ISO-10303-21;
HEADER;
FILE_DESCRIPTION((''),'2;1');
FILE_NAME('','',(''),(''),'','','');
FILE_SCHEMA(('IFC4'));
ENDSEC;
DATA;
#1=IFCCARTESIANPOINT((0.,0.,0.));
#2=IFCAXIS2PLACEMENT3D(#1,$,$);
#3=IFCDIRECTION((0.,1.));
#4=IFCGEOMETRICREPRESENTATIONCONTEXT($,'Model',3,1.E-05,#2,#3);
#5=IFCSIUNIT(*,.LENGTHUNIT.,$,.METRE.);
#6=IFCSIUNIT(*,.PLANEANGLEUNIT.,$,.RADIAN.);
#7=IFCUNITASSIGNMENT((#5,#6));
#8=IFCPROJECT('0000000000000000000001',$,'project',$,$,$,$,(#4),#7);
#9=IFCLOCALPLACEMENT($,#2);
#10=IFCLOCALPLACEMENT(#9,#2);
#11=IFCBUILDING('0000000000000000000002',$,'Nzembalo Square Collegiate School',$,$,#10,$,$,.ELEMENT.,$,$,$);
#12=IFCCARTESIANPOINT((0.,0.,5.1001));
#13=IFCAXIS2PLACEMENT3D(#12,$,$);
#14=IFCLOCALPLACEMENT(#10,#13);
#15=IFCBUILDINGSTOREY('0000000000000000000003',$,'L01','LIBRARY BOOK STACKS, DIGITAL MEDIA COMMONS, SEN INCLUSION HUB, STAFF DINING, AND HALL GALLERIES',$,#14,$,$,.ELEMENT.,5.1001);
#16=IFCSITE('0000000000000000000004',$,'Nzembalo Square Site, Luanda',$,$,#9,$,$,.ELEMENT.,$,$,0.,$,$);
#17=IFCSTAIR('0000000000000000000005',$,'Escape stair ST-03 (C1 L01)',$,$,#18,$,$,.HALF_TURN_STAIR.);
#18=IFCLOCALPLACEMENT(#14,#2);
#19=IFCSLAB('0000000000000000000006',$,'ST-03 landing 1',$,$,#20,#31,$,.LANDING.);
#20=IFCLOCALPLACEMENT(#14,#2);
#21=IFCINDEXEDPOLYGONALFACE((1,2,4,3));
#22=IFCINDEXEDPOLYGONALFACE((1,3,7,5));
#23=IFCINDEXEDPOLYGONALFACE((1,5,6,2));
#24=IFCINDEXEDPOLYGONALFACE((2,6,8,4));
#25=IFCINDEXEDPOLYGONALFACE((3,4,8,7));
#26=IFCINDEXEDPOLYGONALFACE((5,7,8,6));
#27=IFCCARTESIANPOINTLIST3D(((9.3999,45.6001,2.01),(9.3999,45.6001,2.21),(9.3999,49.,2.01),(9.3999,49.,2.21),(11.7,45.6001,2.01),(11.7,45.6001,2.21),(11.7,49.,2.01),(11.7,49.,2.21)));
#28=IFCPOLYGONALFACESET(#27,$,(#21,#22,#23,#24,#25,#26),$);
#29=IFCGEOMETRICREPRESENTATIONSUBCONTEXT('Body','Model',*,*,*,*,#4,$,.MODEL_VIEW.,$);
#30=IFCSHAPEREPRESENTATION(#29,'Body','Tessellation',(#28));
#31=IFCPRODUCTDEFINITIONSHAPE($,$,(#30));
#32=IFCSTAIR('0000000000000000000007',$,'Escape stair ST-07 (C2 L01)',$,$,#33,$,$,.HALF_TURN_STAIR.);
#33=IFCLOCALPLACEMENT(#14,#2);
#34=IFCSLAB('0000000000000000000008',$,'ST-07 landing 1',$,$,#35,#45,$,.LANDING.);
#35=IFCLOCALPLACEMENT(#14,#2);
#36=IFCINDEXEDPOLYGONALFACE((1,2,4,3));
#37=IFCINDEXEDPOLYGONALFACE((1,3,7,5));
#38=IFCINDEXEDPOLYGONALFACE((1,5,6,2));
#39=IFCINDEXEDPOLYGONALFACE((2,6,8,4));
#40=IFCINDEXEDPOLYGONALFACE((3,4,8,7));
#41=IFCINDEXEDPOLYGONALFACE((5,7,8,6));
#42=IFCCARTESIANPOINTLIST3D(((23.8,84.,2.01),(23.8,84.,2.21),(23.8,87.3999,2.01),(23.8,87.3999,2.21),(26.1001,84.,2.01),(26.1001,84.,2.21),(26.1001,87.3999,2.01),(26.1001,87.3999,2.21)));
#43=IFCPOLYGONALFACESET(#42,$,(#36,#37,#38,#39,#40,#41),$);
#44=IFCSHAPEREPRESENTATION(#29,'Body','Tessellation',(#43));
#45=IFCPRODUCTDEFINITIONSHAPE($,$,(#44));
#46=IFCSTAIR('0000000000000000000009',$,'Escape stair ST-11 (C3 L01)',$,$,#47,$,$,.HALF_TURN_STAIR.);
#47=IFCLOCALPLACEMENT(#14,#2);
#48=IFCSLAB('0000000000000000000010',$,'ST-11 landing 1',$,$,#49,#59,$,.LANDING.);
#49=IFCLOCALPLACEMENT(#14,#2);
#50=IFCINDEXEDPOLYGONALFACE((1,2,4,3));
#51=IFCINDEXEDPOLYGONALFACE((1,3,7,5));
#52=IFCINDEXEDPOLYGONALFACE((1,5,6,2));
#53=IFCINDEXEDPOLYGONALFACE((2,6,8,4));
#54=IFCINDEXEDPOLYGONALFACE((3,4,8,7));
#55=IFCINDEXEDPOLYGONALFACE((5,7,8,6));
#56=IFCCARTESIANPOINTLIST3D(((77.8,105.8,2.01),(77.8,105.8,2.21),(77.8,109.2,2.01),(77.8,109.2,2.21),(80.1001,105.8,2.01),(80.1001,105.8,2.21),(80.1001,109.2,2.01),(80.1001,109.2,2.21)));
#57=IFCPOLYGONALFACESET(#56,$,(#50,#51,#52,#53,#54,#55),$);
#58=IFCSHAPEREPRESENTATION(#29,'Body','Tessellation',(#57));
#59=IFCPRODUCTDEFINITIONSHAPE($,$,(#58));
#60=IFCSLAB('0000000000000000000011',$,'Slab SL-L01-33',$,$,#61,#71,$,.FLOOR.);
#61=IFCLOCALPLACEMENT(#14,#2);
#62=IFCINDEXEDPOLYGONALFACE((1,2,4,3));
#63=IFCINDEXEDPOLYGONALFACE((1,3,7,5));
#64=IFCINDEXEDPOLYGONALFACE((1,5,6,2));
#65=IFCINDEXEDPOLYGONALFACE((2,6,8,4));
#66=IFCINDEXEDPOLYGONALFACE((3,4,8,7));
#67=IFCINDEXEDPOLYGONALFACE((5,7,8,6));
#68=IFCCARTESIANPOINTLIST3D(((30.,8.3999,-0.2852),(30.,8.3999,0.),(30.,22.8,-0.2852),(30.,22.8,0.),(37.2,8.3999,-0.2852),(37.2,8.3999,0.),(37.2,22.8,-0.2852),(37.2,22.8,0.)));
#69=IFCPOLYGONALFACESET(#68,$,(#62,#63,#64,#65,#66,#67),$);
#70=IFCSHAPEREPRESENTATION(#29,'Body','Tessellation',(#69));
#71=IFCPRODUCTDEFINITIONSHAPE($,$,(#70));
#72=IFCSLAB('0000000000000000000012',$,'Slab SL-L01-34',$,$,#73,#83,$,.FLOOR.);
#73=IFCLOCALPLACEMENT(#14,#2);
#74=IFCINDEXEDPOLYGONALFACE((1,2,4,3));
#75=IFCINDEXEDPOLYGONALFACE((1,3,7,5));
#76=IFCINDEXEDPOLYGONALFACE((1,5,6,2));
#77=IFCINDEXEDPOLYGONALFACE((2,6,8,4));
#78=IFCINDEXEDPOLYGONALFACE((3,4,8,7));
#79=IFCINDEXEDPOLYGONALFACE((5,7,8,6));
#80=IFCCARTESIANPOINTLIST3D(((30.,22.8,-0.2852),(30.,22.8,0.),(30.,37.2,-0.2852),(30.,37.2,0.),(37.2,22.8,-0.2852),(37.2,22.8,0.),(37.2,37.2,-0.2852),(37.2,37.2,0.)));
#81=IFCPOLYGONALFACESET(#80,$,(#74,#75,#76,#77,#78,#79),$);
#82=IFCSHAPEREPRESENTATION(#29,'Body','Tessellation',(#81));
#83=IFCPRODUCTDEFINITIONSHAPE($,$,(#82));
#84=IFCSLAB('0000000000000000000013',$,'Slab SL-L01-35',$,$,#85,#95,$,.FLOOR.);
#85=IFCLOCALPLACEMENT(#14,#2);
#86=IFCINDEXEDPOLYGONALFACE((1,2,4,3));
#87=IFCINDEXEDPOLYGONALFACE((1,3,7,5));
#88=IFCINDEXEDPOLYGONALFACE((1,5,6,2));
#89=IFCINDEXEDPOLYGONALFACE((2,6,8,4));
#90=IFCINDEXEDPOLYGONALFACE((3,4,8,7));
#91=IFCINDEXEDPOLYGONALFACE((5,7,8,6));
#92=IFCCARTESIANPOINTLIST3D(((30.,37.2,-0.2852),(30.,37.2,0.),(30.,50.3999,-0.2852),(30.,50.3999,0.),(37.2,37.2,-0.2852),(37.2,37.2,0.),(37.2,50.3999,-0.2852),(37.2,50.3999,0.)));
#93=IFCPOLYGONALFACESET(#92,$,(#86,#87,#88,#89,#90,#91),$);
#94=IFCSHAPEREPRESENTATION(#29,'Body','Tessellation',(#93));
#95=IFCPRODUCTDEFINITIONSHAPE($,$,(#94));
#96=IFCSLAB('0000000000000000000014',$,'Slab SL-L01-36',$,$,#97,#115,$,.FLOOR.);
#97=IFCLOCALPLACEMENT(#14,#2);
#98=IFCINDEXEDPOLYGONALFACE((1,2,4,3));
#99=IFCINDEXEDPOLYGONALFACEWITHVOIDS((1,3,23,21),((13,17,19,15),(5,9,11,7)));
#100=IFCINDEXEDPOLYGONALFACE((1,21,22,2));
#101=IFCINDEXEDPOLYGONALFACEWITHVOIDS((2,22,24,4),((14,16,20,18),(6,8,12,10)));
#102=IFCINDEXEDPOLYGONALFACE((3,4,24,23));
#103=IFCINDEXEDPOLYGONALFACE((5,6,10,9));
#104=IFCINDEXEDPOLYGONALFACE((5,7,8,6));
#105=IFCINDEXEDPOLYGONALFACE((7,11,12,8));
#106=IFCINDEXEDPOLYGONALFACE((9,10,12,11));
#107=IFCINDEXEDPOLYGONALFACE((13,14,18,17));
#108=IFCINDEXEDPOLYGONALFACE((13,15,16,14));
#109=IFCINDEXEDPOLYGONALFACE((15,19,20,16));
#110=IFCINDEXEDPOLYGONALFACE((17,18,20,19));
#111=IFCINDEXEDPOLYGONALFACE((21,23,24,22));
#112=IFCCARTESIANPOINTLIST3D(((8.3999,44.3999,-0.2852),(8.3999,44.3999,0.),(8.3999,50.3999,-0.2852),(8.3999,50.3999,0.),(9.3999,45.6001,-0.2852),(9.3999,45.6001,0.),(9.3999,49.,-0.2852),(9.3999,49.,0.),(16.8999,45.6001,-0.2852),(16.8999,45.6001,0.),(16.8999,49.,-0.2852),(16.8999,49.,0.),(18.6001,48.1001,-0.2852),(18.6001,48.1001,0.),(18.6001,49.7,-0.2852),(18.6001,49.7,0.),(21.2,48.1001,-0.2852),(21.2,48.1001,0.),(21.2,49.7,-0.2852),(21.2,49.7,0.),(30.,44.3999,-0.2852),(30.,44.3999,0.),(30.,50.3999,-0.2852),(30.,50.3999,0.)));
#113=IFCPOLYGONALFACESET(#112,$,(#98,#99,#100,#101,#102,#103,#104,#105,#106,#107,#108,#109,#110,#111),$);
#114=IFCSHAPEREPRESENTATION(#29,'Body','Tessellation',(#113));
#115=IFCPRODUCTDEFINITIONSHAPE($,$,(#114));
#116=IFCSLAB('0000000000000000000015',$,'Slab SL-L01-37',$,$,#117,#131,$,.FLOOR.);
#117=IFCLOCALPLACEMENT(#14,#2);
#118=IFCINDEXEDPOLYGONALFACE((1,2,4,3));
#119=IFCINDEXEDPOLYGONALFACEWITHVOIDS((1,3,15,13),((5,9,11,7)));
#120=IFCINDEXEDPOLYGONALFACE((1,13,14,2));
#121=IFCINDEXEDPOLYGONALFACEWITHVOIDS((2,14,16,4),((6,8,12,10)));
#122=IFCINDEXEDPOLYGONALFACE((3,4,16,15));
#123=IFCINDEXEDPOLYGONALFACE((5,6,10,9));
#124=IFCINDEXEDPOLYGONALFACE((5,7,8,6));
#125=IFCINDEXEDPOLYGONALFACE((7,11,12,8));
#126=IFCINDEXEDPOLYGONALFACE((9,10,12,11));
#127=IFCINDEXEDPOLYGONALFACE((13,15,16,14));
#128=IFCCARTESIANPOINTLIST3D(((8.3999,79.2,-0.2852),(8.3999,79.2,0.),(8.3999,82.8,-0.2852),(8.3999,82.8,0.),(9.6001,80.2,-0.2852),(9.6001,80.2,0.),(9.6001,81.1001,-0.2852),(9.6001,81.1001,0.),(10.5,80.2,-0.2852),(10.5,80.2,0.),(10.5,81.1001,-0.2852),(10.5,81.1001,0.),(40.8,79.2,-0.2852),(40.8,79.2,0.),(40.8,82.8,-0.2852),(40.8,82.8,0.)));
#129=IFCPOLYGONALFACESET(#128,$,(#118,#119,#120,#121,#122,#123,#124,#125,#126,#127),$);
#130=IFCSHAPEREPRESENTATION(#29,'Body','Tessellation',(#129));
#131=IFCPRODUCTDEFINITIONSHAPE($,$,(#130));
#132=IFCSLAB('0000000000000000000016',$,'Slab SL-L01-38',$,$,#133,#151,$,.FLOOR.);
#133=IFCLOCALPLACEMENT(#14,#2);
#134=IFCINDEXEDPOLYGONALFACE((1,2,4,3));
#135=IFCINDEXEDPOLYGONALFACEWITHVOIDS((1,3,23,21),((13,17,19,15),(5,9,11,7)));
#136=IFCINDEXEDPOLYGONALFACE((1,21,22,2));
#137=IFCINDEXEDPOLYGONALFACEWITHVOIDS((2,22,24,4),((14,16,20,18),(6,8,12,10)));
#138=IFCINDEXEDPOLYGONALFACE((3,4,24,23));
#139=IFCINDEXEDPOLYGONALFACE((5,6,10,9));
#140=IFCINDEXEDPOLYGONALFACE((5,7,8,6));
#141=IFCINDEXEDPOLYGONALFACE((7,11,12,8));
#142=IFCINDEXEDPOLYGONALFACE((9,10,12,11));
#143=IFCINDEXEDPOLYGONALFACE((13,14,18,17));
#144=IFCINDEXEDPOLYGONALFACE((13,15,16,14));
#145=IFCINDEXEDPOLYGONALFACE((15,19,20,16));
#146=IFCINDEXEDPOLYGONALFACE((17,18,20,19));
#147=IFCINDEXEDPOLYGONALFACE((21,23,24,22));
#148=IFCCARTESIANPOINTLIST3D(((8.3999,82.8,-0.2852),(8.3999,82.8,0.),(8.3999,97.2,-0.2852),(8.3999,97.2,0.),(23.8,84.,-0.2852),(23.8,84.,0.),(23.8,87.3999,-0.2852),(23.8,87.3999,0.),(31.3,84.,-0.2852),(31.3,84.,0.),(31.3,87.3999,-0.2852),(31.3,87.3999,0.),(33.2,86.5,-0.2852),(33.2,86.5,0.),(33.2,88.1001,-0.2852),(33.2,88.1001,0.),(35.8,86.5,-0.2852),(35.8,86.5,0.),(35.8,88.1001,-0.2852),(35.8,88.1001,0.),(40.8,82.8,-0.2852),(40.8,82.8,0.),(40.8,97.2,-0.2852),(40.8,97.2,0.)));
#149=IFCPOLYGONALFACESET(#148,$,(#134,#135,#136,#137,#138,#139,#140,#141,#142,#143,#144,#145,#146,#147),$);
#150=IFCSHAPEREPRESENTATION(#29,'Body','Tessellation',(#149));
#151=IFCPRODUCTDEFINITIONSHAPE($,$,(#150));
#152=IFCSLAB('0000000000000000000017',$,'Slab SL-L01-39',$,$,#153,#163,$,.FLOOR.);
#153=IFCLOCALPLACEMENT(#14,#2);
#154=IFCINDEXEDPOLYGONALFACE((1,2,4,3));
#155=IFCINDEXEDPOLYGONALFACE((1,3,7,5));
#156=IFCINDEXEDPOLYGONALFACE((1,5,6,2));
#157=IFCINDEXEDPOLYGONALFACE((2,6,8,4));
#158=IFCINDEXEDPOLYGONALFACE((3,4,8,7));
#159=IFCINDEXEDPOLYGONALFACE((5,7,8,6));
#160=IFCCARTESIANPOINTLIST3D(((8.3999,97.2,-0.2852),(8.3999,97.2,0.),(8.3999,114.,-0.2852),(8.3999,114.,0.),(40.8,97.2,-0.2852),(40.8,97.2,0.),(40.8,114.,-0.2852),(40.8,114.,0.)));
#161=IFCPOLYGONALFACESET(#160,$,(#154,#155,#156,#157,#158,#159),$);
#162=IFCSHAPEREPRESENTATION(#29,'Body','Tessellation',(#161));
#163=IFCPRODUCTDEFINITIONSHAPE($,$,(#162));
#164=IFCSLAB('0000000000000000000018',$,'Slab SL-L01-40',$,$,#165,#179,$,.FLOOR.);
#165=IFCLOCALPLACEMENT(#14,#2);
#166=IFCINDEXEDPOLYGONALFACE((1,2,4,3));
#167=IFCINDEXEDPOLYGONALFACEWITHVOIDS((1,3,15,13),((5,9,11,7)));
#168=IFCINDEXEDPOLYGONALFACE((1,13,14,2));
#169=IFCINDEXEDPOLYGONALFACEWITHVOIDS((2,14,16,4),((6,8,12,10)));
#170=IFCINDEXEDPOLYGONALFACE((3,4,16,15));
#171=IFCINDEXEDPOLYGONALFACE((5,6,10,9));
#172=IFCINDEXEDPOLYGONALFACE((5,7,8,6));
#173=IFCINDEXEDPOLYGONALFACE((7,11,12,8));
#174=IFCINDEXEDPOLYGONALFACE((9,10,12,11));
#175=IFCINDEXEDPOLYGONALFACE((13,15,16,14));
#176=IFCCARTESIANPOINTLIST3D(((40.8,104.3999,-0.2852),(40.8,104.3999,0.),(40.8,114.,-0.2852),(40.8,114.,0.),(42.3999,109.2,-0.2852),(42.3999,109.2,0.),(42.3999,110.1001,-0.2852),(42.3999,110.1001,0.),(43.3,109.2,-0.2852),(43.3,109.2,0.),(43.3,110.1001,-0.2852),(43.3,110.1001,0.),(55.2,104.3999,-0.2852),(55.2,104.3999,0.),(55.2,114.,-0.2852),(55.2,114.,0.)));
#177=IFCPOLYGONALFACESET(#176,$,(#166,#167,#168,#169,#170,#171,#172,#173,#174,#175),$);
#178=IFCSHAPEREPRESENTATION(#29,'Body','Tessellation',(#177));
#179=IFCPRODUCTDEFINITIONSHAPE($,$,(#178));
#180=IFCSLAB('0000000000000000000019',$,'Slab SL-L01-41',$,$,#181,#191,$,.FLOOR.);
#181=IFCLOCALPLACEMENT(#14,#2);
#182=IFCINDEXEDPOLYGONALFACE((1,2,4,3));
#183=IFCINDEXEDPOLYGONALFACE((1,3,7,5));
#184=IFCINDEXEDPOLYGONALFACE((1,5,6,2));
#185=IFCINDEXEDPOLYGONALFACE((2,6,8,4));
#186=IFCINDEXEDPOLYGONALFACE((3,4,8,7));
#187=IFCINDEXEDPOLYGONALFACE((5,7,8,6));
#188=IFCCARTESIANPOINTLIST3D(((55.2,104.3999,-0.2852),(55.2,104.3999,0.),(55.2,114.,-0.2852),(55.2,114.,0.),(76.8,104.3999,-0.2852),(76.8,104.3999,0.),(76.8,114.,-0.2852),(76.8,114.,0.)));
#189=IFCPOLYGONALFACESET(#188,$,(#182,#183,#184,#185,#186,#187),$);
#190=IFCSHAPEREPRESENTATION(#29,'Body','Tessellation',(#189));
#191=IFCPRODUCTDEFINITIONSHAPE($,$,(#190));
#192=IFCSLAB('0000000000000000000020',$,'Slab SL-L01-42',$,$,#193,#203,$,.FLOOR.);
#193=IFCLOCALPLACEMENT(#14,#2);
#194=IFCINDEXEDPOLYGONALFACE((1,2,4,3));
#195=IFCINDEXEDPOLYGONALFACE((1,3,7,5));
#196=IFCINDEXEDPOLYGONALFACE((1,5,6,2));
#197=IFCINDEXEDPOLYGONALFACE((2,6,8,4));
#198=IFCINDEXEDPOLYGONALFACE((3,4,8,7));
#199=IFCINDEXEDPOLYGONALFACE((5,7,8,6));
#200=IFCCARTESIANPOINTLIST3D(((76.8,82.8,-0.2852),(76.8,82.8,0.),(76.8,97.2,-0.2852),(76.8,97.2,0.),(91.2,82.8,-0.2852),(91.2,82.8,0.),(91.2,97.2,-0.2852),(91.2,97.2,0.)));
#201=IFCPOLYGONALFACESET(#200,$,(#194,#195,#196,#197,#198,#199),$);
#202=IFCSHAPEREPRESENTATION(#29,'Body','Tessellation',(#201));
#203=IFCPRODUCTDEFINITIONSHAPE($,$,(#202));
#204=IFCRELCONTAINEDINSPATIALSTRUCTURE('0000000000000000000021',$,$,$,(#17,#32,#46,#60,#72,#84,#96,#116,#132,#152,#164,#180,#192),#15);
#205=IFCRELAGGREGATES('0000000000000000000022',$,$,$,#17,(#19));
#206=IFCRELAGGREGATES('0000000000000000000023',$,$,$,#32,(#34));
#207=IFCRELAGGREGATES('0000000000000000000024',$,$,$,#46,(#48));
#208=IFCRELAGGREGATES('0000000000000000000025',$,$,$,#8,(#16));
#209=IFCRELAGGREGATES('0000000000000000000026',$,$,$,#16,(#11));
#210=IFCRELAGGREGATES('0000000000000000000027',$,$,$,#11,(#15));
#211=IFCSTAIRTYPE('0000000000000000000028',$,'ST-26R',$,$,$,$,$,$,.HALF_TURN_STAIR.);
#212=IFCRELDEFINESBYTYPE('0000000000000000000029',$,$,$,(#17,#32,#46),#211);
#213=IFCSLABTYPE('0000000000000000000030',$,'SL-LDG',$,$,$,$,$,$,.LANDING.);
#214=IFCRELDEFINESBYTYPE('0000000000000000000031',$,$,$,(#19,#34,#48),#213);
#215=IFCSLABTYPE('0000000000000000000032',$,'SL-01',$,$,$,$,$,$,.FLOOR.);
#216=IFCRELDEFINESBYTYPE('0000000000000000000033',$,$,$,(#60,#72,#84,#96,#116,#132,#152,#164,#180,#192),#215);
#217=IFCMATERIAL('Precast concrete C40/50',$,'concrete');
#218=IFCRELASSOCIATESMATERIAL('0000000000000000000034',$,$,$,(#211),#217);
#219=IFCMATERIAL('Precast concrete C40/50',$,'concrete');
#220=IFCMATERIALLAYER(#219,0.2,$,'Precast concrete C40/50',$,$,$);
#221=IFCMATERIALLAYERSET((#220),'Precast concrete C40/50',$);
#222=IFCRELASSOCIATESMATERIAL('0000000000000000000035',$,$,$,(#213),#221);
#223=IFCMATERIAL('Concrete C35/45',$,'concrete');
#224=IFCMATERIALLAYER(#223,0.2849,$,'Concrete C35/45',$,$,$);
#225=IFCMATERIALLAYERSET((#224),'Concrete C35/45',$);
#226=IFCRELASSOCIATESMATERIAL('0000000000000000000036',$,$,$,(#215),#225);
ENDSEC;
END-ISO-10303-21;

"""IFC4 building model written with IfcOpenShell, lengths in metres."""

from ifc_helpers import new_model, si_unit, direction, frame, origin, place, context, subcontext, project, spatial, polyline, outline, extrude, material, layer, layer_set, type_object, element, aggregate, save


model = new_model("IFC4")

# Units and contexts
model_context = context("Model", 3, precision=1e-05, world=origin(), true_north=direction((0.0, 1.0)))
body_context = subcontext(model_context, "Body", "Model", "MODEL_VIEW")
ifc_project = project(units=[si_unit("LENGTHUNIT", "METRE"), si_unit("PLANEANGLEUNIT", "RADIAN")], contexts=[model_context])

# Site, building, storey
site_placement = place(None, origin())
site = spatial("IfcSite", under=ifc_project, at=site_placement, Name="Nzembalo Square Site, Luanda", CompositionType="ELEMENT", RefElevation=0.0)
building_placement = place(site_placement, origin())
building = spatial("IfcBuilding", under=site, at=building_placement, Name="Nzembalo Square Collegiate School", CompositionType="ELEMENT")
storey_placement = place(building_placement, frame((0.0, 0.0, 5.1001)))
storey = spatial("IfcBuildingStorey", under=building, at=storey_placement, Name="L01", Description="LIBRARY BOOK STACKS, DIGITAL MEDIA COMMONS, SEN INCLUSION HUB, STAFF DINING, AND HALL GALLERIES", CompositionType="ELEMENT", Elevation=5.1001)

# Stairs, slabs
ifc_material_1 = material(Name="Precast concrete C40/50", Category="concrete")
stair_type = type_object("IfcStairType", Name="ST-26R", PredefinedType="HALF_TURN_STAIR", material=ifc_material_1)
stair_1_placement = place(storey_placement, origin())
stair_1 = element("IfcStair", 1, at=stair_1_placement, inside=storey, type_object=stair_type, Name="Escape stair ST-03 (C1 L01)", PredefinedType="HALF_TURN_STAIR")
ifc_material_2 = material(Name="Precast concrete C40/50", Category="concrete")
ifc_layer_1 = layer(ifc_material_2, 0.2, Name="Precast concrete C40/50")
ifc_layer_set_1 = layer_set([ifc_layer_1], Name="Precast concrete C40/50")
slab_type_1 = type_object("IfcSlabType", Name="SL-LDG", PredefinedType="LANDING", material=ifc_layer_set_1)
slab_1_placement = place(storey_placement, frame((0.0, 0.0, 2.01)))
slab_1 = element("IfcSlab", 2, at=slab_1_placement, type_object=slab_type_1, Name="ST-03 landing 1", PredefinedType="LANDING", context=body_context, shape_type="SweptSolid", body=[
    extrude(outline(polyline([(11.7, 49.0), (9.3999, 49.0), (9.3999, 45.6001), (11.7, 45.6001), (11.7, 49.0)])), origin(), (0.0, 0.0, 1.0), 0.2),
])
aggregate(stair_1, [slab_1])
stair_2_placement = place(storey_placement, origin())
stair_2 = element("IfcStair", 3, at=stair_2_placement, inside=storey, type_object=stair_type, Name="Escape stair ST-07 (C2 L01)", PredefinedType="HALF_TURN_STAIR")
slab_2_placement = place(storey_placement, frame((0.0, 0.0, 2.01)))
slab_2 = element("IfcSlab", 4, at=slab_2_placement, type_object=slab_type_1, Name="ST-07 landing 1", PredefinedType="LANDING", context=body_context, shape_type="SweptSolid", body=[
    extrude(outline(polyline([(26.1001, 87.3999), (23.8, 87.3999), (23.8, 84.0), (26.1001, 84.0), (26.1001, 87.3999)])), origin(), (0.0, 0.0, 1.0), 0.2),
])
aggregate(stair_2, [slab_2])
stair_3_placement = place(storey_placement, origin())
stair_3 = element("IfcStair", 5, at=stair_3_placement, inside=storey, type_object=stair_type, Name="Escape stair ST-11 (C3 L01)", PredefinedType="HALF_TURN_STAIR")
slab_3_placement = place(storey_placement, frame((0.0, 0.0, 2.01)))
slab_3 = element("IfcSlab", 6, at=slab_3_placement, type_object=slab_type_1, Name="ST-11 landing 1", PredefinedType="LANDING", context=body_context, shape_type="SweptSolid", body=[
    extrude(outline(polyline([(80.1001, 109.2), (77.8, 109.2), (77.8, 105.8), (80.1001, 105.8), (80.1001, 109.2)])), origin(), (0.0, 0.0, 1.0), 0.2),
])
aggregate(stair_3, [slab_3])

# Slabs
ifc_material_3 = material(Name="Concrete C35/45", Category="concrete")
ifc_layer_2 = layer(ifc_material_3, 0.2849, Name="Concrete C35/45")
ifc_layer_set_2 = layer_set([ifc_layer_2], Name="Concrete C35/45")
slab_type_2 = type_object("IfcSlabType", Name="SL-01", PredefinedType="FLOOR", material=ifc_layer_set_2)
slab_4_placement = place(storey_placement, frame((0.0, 0.0, -0.2852)))
element("IfcSlab", 7, at=slab_4_placement, inside=storey, type_object=slab_type_2, Name="Slab SL-L01-33", PredefinedType="FLOOR", context=body_context, shape_type="SweptSolid", body=[
    extrude(outline(polyline([(30.0, 8.3999), (37.2, 8.3999), (37.2, 22.8), (30.0, 22.8), (30.0, 8.3999)])), origin(), (0.0, 0.0, 1.0), 0.2852),
])
slab_5_placement = place(storey_placement, frame((0.0, 0.0, -0.2852)))
element("IfcSlab", 8, at=slab_5_placement, inside=storey, type_object=slab_type_2, Name="Slab SL-L01-34", PredefinedType="FLOOR", context=body_context, shape_type="SweptSolid", body=[
    extrude(outline(polyline([(30.0, 22.8), (37.2, 22.8), (37.2, 37.2), (30.0, 37.2), (30.0, 22.8)])), origin(), (0.0, 0.0, 1.0), 0.2852),
])
slab_6_placement = place(storey_placement, frame((0.0, 0.0, -0.2852)))
element("IfcSlab", 9, at=slab_6_placement, inside=storey, type_object=slab_type_2, Name="Slab SL-L01-35", PredefinedType="FLOOR", context=body_context, shape_type="SweptSolid", body=[
    extrude(outline(polyline([(30.0, 37.2), (37.2, 37.2), (37.2, 50.3999), (30.0, 50.3999), (30.0, 37.2)])), origin(), (0.0, 0.0, 1.0), 0.2852),
])
slab_7_placement = place(storey_placement, frame((0.0, 0.0, -0.2852)))
element("IfcSlab", 10, at=slab_7_placement, inside=storey, type_object=slab_type_2, Name="Slab SL-L01-36", PredefinedType="FLOOR", context=body_context, shape_type="SweptSolid", body=[
    extrude(outline(polyline([(8.3999, 44.3999), (30.0, 44.3999), (30.0, 50.3999), (8.3999, 50.3999), (8.3999, 44.3999)]), holes=[polyline([(18.6001, 48.1001), (21.2, 48.1001), (21.2, 49.7), (18.6001, 49.7), (18.6001, 48.1001)]), polyline([(16.8999, 49.0), (9.3999, 49.0), (9.3999, 45.6001), (16.8999, 45.6001), (16.8999, 49.0)])]), origin(), (0.0, 0.0, 1.0), 0.2852),
])
slab_8_placement = place(storey_placement, frame((0.0, 0.0, -0.2852)))
element("IfcSlab", 11, at=slab_8_placement, inside=storey, type_object=slab_type_2, Name="Slab SL-L01-37", PredefinedType="FLOOR", context=body_context, shape_type="SweptSolid", body=[
    extrude(outline(polyline([(8.3999, 79.2), (40.8, 79.2), (40.8, 82.8), (8.3999, 82.8), (8.3999, 79.2)]), holes=[polyline([(9.6001, 80.2), (10.5, 80.2), (10.5, 81.1001), (9.6001, 81.1001), (9.6001, 80.2)])]), origin(), (0.0, 0.0, 1.0), 0.2852),
])
slab_9_placement = place(storey_placement, frame((0.0, 0.0, -0.2852)))
element("IfcSlab", 12, at=slab_9_placement, inside=storey, type_object=slab_type_2, Name="Slab SL-L01-38", PredefinedType="FLOOR", context=body_context, shape_type="SweptSolid", body=[
    extrude(outline(polyline([(8.3999, 82.8), (40.8, 82.8), (40.8, 97.2), (8.3999, 97.2), (8.3999, 82.8)]), holes=[polyline([(33.2, 86.5), (35.8, 86.5), (35.8, 88.1001), (33.2, 88.1001), (33.2, 86.5)]), polyline([(31.3, 87.3999), (23.8, 87.3999), (23.8, 84.0), (31.3, 84.0), (31.3, 87.3999)])]), origin(), (0.0, 0.0, 1.0), 0.2852),
])
slab_10_placement = place(storey_placement, frame((0.0, 0.0, -0.2852)))
element("IfcSlab", 13, at=slab_10_placement, inside=storey, type_object=slab_type_2, Name="Slab SL-L01-39", PredefinedType="FLOOR", context=body_context, shape_type="SweptSolid", body=[
    extrude(outline(polyline([(8.3999, 97.2), (40.8, 97.2), (40.8, 114.0), (8.3999, 114.0), (8.3999, 97.2)])), origin(), (0.0, 0.0, 1.0), 0.2852),
])
slab_11_placement = place(storey_placement, frame((0.0, 0.0, -0.2852)))
element("IfcSlab", 14, at=slab_11_placement, inside=storey, type_object=slab_type_2, Name="Slab SL-L01-40", PredefinedType="FLOOR", context=body_context, shape_type="SweptSolid", body=[
    extrude(outline(polyline([(40.8, 104.3999), (55.2, 104.3999), (55.2, 114.0), (40.8, 114.0), (40.8, 104.3999)]), holes=[polyline([(42.3999, 109.2), (43.3, 109.2), (43.3, 110.1001), (42.3999, 110.1001), (42.3999, 109.2)])]), origin(), (0.0, 0.0, 1.0), 0.2852),
])
slab_12_placement = place(storey_placement, frame((0.0, 0.0, -0.2852)))
element("IfcSlab", 15, at=slab_12_placement, inside=storey, type_object=slab_type_2, Name="Slab SL-L01-41", PredefinedType="FLOOR", context=body_context, shape_type="SweptSolid", body=[
    extrude(outline(polyline([(55.2, 104.3999), (76.8, 104.3999), (76.8, 114.0), (55.2, 114.0), (55.2, 104.3999)])), origin(), (0.0, 0.0, 1.0), 0.2852),
])
slab_13_placement = place(storey_placement, frame((0.0, 0.0, -0.2852)))
element("IfcSlab", 16, at=slab_13_placement, inside=storey, type_object=slab_type_2, Name="Slab SL-L01-42", PredefinedType="FLOOR", context=body_context, shape_type="SweptSolid", body=[
    extrude(outline(polyline([(76.8, 82.8), (91.2, 82.8), (91.2, 97.2), (76.8, 97.2), (76.8, 82.8)])), origin(), (0.0, 0.0, 1.0), 0.2852),
])

save(model, "model.ifc")
